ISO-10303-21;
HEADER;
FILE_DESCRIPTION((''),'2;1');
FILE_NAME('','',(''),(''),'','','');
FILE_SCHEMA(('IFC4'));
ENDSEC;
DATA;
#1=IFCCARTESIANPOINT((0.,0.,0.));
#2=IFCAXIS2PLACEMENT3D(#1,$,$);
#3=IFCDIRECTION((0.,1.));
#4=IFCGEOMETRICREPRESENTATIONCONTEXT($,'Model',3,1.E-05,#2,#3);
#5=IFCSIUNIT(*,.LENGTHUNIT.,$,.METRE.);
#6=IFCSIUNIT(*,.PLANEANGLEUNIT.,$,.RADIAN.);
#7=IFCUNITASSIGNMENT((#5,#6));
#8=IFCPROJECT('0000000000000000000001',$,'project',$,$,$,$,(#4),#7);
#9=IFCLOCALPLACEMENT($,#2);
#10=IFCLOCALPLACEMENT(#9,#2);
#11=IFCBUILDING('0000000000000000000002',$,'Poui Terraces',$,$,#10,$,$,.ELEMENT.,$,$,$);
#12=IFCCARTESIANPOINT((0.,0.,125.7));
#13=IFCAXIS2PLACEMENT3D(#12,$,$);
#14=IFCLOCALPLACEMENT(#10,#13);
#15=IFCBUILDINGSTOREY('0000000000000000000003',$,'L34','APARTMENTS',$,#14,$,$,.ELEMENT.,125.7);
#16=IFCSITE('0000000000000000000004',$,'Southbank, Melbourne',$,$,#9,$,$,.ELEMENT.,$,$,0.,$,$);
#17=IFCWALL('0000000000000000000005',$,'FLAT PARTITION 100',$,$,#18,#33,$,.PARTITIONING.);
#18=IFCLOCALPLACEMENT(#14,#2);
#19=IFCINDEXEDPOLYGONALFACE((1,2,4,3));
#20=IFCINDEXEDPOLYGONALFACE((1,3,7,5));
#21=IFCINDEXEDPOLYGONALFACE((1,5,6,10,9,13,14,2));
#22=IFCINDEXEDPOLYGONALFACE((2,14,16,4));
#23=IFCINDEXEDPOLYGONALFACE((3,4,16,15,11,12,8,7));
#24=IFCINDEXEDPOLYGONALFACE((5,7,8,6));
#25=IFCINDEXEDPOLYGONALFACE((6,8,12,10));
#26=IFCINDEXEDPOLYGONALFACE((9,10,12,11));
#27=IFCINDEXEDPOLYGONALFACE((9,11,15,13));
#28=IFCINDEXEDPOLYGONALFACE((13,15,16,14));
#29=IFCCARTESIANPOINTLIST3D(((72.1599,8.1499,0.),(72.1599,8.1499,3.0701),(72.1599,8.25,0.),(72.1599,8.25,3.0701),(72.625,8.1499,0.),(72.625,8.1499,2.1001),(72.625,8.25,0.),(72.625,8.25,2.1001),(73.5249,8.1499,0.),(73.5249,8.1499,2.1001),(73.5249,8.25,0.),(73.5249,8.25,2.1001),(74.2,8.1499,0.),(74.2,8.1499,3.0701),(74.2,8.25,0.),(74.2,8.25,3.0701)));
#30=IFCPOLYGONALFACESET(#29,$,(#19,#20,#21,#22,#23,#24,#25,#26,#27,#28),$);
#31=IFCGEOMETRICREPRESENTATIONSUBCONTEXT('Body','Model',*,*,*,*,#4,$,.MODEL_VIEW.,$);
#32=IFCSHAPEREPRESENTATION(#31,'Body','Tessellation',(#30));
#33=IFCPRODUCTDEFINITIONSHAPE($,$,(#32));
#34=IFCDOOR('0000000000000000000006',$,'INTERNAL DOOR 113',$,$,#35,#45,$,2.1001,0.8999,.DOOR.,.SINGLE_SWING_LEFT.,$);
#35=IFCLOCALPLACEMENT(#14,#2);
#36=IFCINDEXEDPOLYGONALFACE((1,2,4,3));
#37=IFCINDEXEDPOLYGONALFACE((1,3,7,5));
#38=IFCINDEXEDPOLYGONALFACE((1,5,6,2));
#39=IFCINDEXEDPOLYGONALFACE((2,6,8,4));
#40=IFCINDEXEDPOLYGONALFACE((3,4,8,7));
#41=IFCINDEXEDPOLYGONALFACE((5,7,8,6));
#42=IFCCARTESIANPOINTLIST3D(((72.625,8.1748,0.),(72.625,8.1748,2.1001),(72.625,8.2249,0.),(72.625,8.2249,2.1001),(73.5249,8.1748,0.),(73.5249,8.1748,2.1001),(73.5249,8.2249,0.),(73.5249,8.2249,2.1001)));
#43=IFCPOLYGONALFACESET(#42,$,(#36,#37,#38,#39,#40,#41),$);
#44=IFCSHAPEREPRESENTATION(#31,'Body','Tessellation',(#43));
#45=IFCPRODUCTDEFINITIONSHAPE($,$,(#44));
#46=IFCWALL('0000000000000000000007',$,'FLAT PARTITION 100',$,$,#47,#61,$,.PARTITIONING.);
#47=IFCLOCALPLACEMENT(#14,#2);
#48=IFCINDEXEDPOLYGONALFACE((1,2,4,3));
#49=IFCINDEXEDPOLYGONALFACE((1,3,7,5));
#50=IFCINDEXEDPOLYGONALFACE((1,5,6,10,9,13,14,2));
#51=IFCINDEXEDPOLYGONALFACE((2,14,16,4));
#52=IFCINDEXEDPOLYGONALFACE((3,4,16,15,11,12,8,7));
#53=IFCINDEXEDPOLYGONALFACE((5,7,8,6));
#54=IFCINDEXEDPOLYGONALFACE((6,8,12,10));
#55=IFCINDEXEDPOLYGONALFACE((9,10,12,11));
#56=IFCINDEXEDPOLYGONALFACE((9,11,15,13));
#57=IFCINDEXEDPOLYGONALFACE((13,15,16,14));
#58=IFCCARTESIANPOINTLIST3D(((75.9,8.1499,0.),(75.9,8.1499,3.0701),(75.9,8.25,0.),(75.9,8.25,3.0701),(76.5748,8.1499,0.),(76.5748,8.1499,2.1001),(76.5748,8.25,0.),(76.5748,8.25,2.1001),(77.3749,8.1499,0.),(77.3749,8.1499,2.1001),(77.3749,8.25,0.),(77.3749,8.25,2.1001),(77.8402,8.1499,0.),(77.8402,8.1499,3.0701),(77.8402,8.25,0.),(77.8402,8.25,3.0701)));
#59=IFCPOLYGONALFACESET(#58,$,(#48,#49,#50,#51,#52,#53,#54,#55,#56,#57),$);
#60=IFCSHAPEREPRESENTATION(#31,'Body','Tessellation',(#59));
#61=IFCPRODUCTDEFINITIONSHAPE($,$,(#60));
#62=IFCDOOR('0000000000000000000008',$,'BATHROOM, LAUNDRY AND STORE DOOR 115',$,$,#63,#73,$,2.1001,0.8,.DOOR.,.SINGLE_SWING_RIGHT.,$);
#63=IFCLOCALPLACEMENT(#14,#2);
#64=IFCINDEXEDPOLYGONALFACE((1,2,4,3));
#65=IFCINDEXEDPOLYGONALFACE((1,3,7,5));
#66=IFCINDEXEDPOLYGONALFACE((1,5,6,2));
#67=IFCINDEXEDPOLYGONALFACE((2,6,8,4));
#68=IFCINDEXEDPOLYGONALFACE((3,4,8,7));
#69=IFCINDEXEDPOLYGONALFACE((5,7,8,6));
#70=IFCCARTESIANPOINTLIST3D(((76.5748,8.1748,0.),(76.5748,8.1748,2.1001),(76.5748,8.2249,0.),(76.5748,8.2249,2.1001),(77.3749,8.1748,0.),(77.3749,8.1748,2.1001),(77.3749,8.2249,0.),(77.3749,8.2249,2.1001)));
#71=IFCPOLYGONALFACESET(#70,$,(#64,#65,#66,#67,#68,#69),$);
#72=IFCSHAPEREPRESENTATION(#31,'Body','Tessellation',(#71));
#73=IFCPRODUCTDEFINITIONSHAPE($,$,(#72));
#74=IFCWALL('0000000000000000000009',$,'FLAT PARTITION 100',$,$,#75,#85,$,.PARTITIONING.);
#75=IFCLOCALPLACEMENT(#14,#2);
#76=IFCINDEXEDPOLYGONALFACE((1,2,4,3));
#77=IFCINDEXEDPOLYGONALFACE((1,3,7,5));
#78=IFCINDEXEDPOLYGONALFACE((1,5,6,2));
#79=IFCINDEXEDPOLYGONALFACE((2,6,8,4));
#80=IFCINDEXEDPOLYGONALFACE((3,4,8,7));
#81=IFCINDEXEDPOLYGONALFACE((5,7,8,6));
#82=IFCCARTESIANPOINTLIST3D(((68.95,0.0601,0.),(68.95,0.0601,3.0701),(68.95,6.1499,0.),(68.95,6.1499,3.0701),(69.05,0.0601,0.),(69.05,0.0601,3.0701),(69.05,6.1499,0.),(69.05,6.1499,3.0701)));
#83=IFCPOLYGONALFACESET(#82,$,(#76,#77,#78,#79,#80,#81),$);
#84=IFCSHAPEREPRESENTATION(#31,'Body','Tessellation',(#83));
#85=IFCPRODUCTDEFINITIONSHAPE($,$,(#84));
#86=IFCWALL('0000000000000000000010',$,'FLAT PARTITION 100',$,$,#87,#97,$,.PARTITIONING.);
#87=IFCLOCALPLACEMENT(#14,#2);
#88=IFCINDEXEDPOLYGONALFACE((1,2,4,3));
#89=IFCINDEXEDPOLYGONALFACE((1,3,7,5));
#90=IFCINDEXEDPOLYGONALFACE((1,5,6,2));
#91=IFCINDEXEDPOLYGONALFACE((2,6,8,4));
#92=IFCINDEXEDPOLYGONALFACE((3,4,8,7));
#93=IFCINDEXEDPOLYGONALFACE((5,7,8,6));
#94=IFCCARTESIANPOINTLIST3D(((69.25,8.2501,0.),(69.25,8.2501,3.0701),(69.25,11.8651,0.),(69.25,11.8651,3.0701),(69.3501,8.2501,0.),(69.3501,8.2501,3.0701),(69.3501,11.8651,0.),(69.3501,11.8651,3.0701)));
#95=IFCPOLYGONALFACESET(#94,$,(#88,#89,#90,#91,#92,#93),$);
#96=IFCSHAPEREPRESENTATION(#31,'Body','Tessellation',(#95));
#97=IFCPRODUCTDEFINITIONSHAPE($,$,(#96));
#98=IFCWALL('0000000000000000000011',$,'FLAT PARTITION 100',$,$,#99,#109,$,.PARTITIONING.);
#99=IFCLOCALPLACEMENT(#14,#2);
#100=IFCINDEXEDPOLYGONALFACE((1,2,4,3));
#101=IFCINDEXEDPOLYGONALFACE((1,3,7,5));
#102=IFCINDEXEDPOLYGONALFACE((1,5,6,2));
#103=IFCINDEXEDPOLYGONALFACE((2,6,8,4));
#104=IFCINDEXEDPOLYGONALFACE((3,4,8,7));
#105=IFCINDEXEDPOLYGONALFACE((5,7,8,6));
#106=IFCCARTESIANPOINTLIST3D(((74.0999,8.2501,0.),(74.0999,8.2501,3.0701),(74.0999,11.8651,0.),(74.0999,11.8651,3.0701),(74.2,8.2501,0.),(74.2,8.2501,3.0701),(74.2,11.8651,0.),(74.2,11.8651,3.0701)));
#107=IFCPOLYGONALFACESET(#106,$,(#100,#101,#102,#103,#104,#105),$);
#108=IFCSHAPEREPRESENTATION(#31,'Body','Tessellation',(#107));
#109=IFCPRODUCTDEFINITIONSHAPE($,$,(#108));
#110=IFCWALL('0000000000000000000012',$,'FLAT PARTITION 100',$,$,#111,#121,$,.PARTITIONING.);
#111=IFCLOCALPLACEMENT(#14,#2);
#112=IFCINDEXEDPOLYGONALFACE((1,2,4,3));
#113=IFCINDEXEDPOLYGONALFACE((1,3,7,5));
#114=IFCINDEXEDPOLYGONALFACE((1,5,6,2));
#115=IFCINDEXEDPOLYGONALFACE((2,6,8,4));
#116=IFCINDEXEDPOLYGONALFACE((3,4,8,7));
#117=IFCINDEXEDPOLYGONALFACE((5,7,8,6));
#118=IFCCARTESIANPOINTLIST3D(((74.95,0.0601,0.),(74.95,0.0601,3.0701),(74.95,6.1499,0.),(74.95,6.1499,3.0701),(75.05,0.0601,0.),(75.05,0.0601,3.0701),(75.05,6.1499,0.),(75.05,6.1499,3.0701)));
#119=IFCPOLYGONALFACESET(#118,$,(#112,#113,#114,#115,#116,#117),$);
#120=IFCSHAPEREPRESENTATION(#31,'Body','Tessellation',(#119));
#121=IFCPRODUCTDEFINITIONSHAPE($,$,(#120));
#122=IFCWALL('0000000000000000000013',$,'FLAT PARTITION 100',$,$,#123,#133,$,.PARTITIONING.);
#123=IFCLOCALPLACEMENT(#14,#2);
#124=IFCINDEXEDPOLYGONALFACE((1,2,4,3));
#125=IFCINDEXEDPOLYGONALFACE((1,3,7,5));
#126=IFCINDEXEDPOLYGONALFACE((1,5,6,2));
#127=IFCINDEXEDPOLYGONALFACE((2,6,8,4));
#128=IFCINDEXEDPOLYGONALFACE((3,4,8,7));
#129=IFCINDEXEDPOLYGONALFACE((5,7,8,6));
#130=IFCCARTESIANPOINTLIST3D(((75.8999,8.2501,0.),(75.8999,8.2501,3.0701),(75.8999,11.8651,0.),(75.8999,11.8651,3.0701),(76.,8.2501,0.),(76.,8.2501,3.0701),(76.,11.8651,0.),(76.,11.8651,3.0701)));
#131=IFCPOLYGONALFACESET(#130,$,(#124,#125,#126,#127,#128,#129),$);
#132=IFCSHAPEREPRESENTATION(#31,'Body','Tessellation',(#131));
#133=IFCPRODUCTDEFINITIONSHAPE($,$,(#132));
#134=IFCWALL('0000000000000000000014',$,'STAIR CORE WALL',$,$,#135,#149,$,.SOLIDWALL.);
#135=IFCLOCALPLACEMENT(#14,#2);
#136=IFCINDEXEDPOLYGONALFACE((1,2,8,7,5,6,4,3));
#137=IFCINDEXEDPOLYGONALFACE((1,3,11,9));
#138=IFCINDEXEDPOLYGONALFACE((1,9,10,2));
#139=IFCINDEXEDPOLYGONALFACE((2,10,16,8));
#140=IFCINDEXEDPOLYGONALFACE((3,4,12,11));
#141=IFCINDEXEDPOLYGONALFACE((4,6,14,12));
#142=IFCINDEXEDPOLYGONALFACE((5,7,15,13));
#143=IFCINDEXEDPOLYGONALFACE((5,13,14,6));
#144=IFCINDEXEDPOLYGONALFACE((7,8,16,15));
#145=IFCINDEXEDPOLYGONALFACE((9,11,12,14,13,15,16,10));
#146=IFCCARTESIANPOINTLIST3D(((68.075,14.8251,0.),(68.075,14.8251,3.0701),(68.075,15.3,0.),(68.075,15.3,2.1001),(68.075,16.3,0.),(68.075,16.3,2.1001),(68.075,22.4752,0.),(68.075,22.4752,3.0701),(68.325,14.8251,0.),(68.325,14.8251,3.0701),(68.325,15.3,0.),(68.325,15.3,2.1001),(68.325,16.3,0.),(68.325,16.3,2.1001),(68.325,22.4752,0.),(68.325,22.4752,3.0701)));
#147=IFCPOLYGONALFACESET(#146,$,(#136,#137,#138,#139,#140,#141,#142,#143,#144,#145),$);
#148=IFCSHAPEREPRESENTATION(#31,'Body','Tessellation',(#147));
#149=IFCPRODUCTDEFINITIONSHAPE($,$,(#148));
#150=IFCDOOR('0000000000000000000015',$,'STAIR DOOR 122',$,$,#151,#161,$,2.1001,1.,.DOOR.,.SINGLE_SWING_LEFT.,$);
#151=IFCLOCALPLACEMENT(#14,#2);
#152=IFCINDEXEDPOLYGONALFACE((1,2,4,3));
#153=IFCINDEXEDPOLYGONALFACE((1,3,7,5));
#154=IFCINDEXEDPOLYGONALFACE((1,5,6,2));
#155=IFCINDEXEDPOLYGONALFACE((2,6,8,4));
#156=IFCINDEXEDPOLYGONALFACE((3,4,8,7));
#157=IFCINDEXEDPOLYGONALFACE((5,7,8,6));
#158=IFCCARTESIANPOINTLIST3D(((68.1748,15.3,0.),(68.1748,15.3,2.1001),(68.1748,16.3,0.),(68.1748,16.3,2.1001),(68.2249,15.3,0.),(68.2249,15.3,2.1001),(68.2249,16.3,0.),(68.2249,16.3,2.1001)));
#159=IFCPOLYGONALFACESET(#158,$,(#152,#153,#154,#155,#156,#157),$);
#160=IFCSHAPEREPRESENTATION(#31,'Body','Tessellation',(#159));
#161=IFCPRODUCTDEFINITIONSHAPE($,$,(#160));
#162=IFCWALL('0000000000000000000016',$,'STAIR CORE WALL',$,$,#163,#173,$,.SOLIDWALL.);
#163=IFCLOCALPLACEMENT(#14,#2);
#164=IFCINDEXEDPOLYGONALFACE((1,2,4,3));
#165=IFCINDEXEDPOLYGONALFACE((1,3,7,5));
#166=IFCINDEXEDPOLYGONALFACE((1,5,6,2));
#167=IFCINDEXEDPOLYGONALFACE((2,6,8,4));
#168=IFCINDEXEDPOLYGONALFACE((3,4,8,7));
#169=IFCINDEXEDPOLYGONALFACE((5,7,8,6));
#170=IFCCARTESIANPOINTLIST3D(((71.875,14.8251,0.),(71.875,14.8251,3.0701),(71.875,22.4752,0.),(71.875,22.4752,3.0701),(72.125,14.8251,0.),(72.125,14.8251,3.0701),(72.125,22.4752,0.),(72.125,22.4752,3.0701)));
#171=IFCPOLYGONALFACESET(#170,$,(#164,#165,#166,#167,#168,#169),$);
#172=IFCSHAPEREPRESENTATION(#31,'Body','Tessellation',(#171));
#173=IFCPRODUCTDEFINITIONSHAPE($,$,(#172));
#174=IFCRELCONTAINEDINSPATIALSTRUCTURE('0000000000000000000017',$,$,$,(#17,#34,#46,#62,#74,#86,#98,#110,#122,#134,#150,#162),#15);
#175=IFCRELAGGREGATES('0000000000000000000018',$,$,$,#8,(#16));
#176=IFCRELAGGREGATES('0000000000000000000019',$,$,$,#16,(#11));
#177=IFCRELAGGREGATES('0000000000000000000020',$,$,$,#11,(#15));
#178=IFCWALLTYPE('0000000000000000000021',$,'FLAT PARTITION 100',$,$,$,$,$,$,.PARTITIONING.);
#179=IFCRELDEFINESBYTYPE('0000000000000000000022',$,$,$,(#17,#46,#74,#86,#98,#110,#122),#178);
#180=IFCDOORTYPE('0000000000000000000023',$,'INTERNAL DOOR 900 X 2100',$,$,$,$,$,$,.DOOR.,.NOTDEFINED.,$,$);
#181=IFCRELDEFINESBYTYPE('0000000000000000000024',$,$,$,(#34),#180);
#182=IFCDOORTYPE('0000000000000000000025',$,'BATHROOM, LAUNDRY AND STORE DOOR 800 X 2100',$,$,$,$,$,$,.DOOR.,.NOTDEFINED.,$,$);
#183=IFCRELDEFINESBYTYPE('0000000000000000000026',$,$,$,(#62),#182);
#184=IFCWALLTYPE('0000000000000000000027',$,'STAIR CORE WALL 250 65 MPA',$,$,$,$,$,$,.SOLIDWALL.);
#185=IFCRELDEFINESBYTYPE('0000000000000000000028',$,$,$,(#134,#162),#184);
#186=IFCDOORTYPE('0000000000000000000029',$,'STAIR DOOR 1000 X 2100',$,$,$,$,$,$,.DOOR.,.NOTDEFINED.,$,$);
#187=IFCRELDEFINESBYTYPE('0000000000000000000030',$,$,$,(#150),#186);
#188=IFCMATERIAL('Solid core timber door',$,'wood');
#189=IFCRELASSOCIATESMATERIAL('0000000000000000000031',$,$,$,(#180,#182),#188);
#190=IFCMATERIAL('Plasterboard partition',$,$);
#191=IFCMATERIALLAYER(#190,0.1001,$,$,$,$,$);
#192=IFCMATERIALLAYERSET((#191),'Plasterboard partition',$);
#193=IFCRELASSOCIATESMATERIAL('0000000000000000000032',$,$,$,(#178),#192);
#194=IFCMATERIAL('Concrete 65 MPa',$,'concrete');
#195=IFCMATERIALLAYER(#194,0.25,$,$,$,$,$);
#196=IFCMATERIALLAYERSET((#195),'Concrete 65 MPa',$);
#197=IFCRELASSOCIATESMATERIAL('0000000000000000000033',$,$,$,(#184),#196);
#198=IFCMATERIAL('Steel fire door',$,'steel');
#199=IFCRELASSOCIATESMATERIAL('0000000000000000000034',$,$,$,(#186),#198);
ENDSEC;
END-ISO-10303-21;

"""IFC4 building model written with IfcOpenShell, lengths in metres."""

from ifc_helpers import new_model, si_unit, direction, frame, frame_2d, origin, place, context, subcontext, project, spatial, rectangle, extrude, material, layer, layer_set, type_object, element, fill, save


model = new_model("IFC4")

# Units and contexts
model_context = context("Model", 3, precision=1e-05, world=origin(), true_north=direction((0.0, 1.0)))
body_context = subcontext(model_context, "Body", "Model", "MODEL_VIEW")
ifc_project = project(units=[si_unit("LENGTHUNIT", "METRE"), si_unit("PLANEANGLEUNIT", "RADIAN")], contexts=[model_context])

# Site, building, storey
site_placement = place(None, origin())
site = spatial("IfcSite", under=ifc_project, at=site_placement, Name="Southbank, Melbourne", CompositionType="ELEMENT", RefElevation=0.0)
building_placement = place(site_placement, origin())
building = spatial("IfcBuilding", under=site, at=building_placement, Name="Poui Terraces", CompositionType="ELEMENT")
storey_placement = place(building_placement, frame((0.0, 0.0, 125.7)))
storey = spatial("IfcBuildingStorey", under=building, at=storey_placement, Name="L34", Description="APARTMENTS", CompositionType="ELEMENT", Elevation=125.7)

# Shared definitions
ifc_material_1 = material(Name="Concrete 65 MPa", Category="concrete")

# Walls, openings, doors
ifc_material_2 = material(Name="Steel fire door", Category="steel")
ifc_material_3 = material(Name="Solid core timber door", Category="wood")
door_type_1 = type_object("IfcDoorType", Name="INTERNAL DOOR 900 X 2100", OperationType="NOTDEFINED", PredefinedType="DOOR", material=ifc_material_3)
ifc_material_4 = material(Name="Plasterboard partition")
ifc_layer_1 = layer(ifc_material_4, 0.1001)
ifc_layer_set_1 = layer_set([ifc_layer_1], Name="Plasterboard partition")
wall_type_1 = type_object("IfcWallType", Name="FLAT PARTITION 100", PredefinedType="PARTITIONING", material=ifc_layer_set_1)
door_type_2 = type_object("IfcDoorType", Name="BATHROOM, LAUNDRY AND STORE DOOR 800 X 2100", OperationType="NOTDEFINED", PredefinedType="DOOR", material=ifc_material_3)
wall_1_placement = place(storey_placement, frame((72.1599, 8.2, 0.0), z_axis=(0.0, 0.0, 1.0), x_axis=(1.0, 0.0, 0.0)))
wall_1 = element("IfcWall", 1, at=wall_1_placement, inside=storey, type_object=wall_type_1, Name="FLAT PARTITION 100", PredefinedType="PARTITIONING", context=body_context, shape_type="SweptSolid", body=[
    extrude(rectangle(XDim=2.04, YDim=0.1001, at=frame_2d((1.02, 0.0))), origin(), (0.0, 0.0, 1.0), 3.0701),
])
opening_1_placement = place(wall_1_placement, frame((0.4651, 0.0, 0.0)))
opening_1 = element("IfcOpeningElement", 2, at=opening_1_placement, cuts=wall_1, PredefinedType="OPENING", context=body_context, shape_type="SweptSolid", body=[
    extrude(rectangle(XDim=0.8999, YDim=2.1001, at=frame_2d((0.45, 1.05))), frame((0.0, 0.0601, 0.0), z_axis=(0.0, -1.0, 0.0), x_axis=(1.0, 0.0, 0.0)), (0.0, 0.0, 1.0), 0.1201),
])
door_1_placement = place(opening_1_placement, origin())
door_1 = element("IfcDoor", 3, at=door_1_placement, inside=storey, type_object=door_type_1, Name="INTERNAL DOOR 113", OperationType="SINGLE_SWING_LEFT", OverallHeight=2.1001, OverallWidth=0.8999, PredefinedType="DOOR", context=body_context, shape_type="SweptSolid", body=[
    extrude(rectangle(XDim=0.8999, YDim=2.1001, at=frame_2d((0.45, 1.05))), frame((0.0, 0.0249, 0.0), z_axis=(0.0, -1.0, 0.0), x_axis=(1.0, 0.0, 0.0)), (0.0, 0.0, 1.0), 0.05),
])
fill(opening_1, door_1)
wall_2_placement = place(storey_placement, frame((75.8999, 8.2, 0.0), z_axis=(0.0, 0.0, 1.0), x_axis=(1.0, 0.0, 0.0)))
wall_2 = element("IfcWall", 4, at=wall_2_placement, inside=storey, type_object=wall_type_1, Name="FLAT PARTITION 100", PredefinedType="PARTITIONING", context=body_context, shape_type="SweptSolid", body=[
    extrude(rectangle(XDim=1.9402, YDim=0.1001, at=frame_2d((0.9702, 0.0))), origin(), (0.0, 0.0, 1.0), 3.0701),
])
opening_2_placement = place(wall_2_placement, frame((0.675, 0.0, 0.0)))
opening_2 = element("IfcOpeningElement", 5, at=opening_2_placement, cuts=wall_2, PredefinedType="OPENING", context=body_context, shape_type="SweptSolid", body=[
    extrude(rectangle(XDim=0.8, YDim=2.1001, at=frame_2d((0.3999, 1.05))), frame((0.0, 0.0601, 0.0), z_axis=(0.0, -1.0, 0.0), x_axis=(1.0, 0.0, 0.0)), (0.0, 0.0, 1.0), 0.1201),
])
door_2_placement = place(opening_2_placement, origin())
door_2 = element("IfcDoor", 6, at=door_2_placement, inside=storey, type_object=door_type_2, Name="BATHROOM, LAUNDRY AND STORE DOOR 115", OperationType="SINGLE_SWING_RIGHT", OverallHeight=2.1001, OverallWidth=0.8, PredefinedType="DOOR", context=body_context, shape_type="SweptSolid", body=[
    extrude(rectangle(XDim=0.8, YDim=2.1001, at=frame_2d((0.3999, 1.05))), frame((0.0, 0.0249, 0.0), z_axis=(0.0, -1.0, 0.0), x_axis=(1.0, 0.0, 0.0)), (0.0, 0.0, 1.0), 0.05),
])
fill(opening_2, door_2)

# Walls
wall_3_placement = place(storey_placement, frame((69.0, 0.0601, 0.0), z_axis=(0.0, 0.0, 1.0), x_axis=(0.0, 1.0, 0.0)))
element("IfcWall", 7, at=wall_3_placement, inside=storey, type_object=wall_type_1, Name="FLAT PARTITION 100", PredefinedType="PARTITIONING", context=body_context, shape_type="SweptSolid", body=[
    extrude(rectangle(XDim=6.0898, YDim=0.1001, at=frame_2d((3.0449, 0.0))), origin(), (0.0, 0.0, 1.0), 3.0701),
])
for number, where, z_axis, x_axis, name in (
    (8, (69.3, 8.25, 0.0), (0.0, 0.0, 1.0), (0.0, 1.0, 0.0), "FLAT PARTITION 100"),
    (9, (74.1499, 8.25, 0.0), (0.0, 0.0, 1.0), (0.0, 1.0, 0.0), "FLAT PARTITION 100"),
):
    element("IfcWall", number, at=place(storey_placement, frame(where, z_axis=z_axis, x_axis=x_axis)), inside=storey, type_object=wall_type_1, Name=name, PredefinedType="PARTITIONING", context=body_context, shape_type="SweptSolid", body=[
        extrude(rectangle(XDim=3.615, YDim=0.1001, at=frame_2d((1.8076, 0.0))), origin(), (0.0, 0.0, 1.0), 3.0701),
    ])
wall_4_placement = place(storey_placement, frame((75.0, 0.0601, 0.0), z_axis=(0.0, 0.0, 1.0), x_axis=(0.0, 1.0, 0.0)))
element("IfcWall", 10, at=wall_4_placement, inside=storey, type_object=wall_type_1, Name="FLAT PARTITION 100", PredefinedType="PARTITIONING", context=body_context, shape_type="SweptSolid", body=[
    extrude(rectangle(XDim=6.0898, YDim=0.1001, at=frame_2d((3.0449, 0.0))), origin(), (0.0, 0.0, 1.0), 3.0701),
])
wall_5_placement = place(storey_placement, frame((75.95, 8.25, 0.0), z_axis=(0.0, 0.0, 1.0), x_axis=(0.0, 1.0, 0.0)))
element("IfcWall", 11, at=wall_5_placement, inside=storey, type_object=wall_type_1, Name="FLAT PARTITION 100", PredefinedType="PARTITIONING", context=body_context, shape_type="SweptSolid", body=[
    extrude(rectangle(XDim=3.615, YDim=0.1001, at=frame_2d((1.8076, 0.0))), origin(), (0.0, 0.0, 1.0), 3.0701),
])

# Wall, opening, door
ifc_layer_2 = layer(ifc_material_1, 0.25)
ifc_layer_set_2 = layer_set([ifc_layer_2], Name="Concrete 65 MPa")
wall_type_2 = type_object("IfcWallType", Name="STAIR CORE WALL 250 65 MPA", PredefinedType="SOLIDWALL", material=ifc_layer_set_2)
wall_6_placement = place(storey_placement, frame((68.2, 14.825, 0.0), z_axis=(0.0, 0.0, 1.0), x_axis=(0.0, 1.0, 0.0)))
wall_6 = element("IfcWall", 12, at=wall_6_placement, inside=storey, type_object=wall_type_2, Name="STAIR CORE WALL", PredefinedType="SOLIDWALL", context=body_context, shape_type="SweptSolid", body=[
    extrude(rectangle(XDim=7.6501, YDim=0.25, at=frame_2d((3.8252, 0.0))), origin(), (0.0, 0.0, 1.0), 3.0701),
])
opening_3_placement = place(wall_6_placement, frame((0.4751, 0.0, 0.0)))
opening_3 = element("IfcOpeningElement", 13, at=opening_3_placement, cuts=wall_6, PredefinedType="OPENING", context=body_context, shape_type="SweptSolid", body=[
    extrude(rectangle(XDim=1.0, YDim=2.1001, at=frame_2d((0.5, 1.05))), frame((0.0, 0.135, 0.0), z_axis=(0.0, -1.0, 0.0), x_axis=(1.0, 0.0, 0.0)), (0.0, 0.0, 1.0), 0.27),
])
door_type_3 = type_object("IfcDoorType", Name="STAIR DOOR 1000 X 2100", OperationType="NOTDEFINED", PredefinedType="DOOR", material=ifc_material_2)
door_3_placement = place(opening_3_placement, frame((1.0, 0.0, 0.0), z_axis=(0.0, 0.0, 1.0), x_axis=(-1.0, 0.0, 0.0)))
door_3 = element("IfcDoor", 14, at=door_3_placement, inside=storey, type_object=door_type_3, Name="STAIR DOOR 122", OperationType="SINGLE_SWING_LEFT", OverallHeight=2.1001, OverallWidth=1.0, PredefinedType="DOOR", context=body_context, shape_type="SweptSolid", body=[
    extrude(rectangle(XDim=1.0, YDim=2.1001, at=frame_2d((0.5, 1.05))), frame((0.0, 0.0249, 0.0), z_axis=(0.0, -1.0, 0.0), x_axis=(1.0, 0.0, 0.0)), (0.0, 0.0, 1.0), 0.05),
])
fill(opening_3, door_3)

# Wall
wall_7_placement = place(storey_placement, frame((72.0, 14.825, 0.0), z_axis=(0.0, 0.0, 1.0), x_axis=(0.0, 1.0, 0.0)))
element("IfcWall", 15, at=wall_7_placement, inside=storey, type_object=wall_type_2, Name="STAIR CORE WALL", PredefinedType="SOLIDWALL", context=body_context, shape_type="SweptSolid", body=[
    extrude(rectangle(XDim=7.6501, YDim=0.25, at=frame_2d((3.8252, 0.0))), origin(), (0.0, 0.0, 1.0), 3.0701),
])

save(model, "model.ifc")
